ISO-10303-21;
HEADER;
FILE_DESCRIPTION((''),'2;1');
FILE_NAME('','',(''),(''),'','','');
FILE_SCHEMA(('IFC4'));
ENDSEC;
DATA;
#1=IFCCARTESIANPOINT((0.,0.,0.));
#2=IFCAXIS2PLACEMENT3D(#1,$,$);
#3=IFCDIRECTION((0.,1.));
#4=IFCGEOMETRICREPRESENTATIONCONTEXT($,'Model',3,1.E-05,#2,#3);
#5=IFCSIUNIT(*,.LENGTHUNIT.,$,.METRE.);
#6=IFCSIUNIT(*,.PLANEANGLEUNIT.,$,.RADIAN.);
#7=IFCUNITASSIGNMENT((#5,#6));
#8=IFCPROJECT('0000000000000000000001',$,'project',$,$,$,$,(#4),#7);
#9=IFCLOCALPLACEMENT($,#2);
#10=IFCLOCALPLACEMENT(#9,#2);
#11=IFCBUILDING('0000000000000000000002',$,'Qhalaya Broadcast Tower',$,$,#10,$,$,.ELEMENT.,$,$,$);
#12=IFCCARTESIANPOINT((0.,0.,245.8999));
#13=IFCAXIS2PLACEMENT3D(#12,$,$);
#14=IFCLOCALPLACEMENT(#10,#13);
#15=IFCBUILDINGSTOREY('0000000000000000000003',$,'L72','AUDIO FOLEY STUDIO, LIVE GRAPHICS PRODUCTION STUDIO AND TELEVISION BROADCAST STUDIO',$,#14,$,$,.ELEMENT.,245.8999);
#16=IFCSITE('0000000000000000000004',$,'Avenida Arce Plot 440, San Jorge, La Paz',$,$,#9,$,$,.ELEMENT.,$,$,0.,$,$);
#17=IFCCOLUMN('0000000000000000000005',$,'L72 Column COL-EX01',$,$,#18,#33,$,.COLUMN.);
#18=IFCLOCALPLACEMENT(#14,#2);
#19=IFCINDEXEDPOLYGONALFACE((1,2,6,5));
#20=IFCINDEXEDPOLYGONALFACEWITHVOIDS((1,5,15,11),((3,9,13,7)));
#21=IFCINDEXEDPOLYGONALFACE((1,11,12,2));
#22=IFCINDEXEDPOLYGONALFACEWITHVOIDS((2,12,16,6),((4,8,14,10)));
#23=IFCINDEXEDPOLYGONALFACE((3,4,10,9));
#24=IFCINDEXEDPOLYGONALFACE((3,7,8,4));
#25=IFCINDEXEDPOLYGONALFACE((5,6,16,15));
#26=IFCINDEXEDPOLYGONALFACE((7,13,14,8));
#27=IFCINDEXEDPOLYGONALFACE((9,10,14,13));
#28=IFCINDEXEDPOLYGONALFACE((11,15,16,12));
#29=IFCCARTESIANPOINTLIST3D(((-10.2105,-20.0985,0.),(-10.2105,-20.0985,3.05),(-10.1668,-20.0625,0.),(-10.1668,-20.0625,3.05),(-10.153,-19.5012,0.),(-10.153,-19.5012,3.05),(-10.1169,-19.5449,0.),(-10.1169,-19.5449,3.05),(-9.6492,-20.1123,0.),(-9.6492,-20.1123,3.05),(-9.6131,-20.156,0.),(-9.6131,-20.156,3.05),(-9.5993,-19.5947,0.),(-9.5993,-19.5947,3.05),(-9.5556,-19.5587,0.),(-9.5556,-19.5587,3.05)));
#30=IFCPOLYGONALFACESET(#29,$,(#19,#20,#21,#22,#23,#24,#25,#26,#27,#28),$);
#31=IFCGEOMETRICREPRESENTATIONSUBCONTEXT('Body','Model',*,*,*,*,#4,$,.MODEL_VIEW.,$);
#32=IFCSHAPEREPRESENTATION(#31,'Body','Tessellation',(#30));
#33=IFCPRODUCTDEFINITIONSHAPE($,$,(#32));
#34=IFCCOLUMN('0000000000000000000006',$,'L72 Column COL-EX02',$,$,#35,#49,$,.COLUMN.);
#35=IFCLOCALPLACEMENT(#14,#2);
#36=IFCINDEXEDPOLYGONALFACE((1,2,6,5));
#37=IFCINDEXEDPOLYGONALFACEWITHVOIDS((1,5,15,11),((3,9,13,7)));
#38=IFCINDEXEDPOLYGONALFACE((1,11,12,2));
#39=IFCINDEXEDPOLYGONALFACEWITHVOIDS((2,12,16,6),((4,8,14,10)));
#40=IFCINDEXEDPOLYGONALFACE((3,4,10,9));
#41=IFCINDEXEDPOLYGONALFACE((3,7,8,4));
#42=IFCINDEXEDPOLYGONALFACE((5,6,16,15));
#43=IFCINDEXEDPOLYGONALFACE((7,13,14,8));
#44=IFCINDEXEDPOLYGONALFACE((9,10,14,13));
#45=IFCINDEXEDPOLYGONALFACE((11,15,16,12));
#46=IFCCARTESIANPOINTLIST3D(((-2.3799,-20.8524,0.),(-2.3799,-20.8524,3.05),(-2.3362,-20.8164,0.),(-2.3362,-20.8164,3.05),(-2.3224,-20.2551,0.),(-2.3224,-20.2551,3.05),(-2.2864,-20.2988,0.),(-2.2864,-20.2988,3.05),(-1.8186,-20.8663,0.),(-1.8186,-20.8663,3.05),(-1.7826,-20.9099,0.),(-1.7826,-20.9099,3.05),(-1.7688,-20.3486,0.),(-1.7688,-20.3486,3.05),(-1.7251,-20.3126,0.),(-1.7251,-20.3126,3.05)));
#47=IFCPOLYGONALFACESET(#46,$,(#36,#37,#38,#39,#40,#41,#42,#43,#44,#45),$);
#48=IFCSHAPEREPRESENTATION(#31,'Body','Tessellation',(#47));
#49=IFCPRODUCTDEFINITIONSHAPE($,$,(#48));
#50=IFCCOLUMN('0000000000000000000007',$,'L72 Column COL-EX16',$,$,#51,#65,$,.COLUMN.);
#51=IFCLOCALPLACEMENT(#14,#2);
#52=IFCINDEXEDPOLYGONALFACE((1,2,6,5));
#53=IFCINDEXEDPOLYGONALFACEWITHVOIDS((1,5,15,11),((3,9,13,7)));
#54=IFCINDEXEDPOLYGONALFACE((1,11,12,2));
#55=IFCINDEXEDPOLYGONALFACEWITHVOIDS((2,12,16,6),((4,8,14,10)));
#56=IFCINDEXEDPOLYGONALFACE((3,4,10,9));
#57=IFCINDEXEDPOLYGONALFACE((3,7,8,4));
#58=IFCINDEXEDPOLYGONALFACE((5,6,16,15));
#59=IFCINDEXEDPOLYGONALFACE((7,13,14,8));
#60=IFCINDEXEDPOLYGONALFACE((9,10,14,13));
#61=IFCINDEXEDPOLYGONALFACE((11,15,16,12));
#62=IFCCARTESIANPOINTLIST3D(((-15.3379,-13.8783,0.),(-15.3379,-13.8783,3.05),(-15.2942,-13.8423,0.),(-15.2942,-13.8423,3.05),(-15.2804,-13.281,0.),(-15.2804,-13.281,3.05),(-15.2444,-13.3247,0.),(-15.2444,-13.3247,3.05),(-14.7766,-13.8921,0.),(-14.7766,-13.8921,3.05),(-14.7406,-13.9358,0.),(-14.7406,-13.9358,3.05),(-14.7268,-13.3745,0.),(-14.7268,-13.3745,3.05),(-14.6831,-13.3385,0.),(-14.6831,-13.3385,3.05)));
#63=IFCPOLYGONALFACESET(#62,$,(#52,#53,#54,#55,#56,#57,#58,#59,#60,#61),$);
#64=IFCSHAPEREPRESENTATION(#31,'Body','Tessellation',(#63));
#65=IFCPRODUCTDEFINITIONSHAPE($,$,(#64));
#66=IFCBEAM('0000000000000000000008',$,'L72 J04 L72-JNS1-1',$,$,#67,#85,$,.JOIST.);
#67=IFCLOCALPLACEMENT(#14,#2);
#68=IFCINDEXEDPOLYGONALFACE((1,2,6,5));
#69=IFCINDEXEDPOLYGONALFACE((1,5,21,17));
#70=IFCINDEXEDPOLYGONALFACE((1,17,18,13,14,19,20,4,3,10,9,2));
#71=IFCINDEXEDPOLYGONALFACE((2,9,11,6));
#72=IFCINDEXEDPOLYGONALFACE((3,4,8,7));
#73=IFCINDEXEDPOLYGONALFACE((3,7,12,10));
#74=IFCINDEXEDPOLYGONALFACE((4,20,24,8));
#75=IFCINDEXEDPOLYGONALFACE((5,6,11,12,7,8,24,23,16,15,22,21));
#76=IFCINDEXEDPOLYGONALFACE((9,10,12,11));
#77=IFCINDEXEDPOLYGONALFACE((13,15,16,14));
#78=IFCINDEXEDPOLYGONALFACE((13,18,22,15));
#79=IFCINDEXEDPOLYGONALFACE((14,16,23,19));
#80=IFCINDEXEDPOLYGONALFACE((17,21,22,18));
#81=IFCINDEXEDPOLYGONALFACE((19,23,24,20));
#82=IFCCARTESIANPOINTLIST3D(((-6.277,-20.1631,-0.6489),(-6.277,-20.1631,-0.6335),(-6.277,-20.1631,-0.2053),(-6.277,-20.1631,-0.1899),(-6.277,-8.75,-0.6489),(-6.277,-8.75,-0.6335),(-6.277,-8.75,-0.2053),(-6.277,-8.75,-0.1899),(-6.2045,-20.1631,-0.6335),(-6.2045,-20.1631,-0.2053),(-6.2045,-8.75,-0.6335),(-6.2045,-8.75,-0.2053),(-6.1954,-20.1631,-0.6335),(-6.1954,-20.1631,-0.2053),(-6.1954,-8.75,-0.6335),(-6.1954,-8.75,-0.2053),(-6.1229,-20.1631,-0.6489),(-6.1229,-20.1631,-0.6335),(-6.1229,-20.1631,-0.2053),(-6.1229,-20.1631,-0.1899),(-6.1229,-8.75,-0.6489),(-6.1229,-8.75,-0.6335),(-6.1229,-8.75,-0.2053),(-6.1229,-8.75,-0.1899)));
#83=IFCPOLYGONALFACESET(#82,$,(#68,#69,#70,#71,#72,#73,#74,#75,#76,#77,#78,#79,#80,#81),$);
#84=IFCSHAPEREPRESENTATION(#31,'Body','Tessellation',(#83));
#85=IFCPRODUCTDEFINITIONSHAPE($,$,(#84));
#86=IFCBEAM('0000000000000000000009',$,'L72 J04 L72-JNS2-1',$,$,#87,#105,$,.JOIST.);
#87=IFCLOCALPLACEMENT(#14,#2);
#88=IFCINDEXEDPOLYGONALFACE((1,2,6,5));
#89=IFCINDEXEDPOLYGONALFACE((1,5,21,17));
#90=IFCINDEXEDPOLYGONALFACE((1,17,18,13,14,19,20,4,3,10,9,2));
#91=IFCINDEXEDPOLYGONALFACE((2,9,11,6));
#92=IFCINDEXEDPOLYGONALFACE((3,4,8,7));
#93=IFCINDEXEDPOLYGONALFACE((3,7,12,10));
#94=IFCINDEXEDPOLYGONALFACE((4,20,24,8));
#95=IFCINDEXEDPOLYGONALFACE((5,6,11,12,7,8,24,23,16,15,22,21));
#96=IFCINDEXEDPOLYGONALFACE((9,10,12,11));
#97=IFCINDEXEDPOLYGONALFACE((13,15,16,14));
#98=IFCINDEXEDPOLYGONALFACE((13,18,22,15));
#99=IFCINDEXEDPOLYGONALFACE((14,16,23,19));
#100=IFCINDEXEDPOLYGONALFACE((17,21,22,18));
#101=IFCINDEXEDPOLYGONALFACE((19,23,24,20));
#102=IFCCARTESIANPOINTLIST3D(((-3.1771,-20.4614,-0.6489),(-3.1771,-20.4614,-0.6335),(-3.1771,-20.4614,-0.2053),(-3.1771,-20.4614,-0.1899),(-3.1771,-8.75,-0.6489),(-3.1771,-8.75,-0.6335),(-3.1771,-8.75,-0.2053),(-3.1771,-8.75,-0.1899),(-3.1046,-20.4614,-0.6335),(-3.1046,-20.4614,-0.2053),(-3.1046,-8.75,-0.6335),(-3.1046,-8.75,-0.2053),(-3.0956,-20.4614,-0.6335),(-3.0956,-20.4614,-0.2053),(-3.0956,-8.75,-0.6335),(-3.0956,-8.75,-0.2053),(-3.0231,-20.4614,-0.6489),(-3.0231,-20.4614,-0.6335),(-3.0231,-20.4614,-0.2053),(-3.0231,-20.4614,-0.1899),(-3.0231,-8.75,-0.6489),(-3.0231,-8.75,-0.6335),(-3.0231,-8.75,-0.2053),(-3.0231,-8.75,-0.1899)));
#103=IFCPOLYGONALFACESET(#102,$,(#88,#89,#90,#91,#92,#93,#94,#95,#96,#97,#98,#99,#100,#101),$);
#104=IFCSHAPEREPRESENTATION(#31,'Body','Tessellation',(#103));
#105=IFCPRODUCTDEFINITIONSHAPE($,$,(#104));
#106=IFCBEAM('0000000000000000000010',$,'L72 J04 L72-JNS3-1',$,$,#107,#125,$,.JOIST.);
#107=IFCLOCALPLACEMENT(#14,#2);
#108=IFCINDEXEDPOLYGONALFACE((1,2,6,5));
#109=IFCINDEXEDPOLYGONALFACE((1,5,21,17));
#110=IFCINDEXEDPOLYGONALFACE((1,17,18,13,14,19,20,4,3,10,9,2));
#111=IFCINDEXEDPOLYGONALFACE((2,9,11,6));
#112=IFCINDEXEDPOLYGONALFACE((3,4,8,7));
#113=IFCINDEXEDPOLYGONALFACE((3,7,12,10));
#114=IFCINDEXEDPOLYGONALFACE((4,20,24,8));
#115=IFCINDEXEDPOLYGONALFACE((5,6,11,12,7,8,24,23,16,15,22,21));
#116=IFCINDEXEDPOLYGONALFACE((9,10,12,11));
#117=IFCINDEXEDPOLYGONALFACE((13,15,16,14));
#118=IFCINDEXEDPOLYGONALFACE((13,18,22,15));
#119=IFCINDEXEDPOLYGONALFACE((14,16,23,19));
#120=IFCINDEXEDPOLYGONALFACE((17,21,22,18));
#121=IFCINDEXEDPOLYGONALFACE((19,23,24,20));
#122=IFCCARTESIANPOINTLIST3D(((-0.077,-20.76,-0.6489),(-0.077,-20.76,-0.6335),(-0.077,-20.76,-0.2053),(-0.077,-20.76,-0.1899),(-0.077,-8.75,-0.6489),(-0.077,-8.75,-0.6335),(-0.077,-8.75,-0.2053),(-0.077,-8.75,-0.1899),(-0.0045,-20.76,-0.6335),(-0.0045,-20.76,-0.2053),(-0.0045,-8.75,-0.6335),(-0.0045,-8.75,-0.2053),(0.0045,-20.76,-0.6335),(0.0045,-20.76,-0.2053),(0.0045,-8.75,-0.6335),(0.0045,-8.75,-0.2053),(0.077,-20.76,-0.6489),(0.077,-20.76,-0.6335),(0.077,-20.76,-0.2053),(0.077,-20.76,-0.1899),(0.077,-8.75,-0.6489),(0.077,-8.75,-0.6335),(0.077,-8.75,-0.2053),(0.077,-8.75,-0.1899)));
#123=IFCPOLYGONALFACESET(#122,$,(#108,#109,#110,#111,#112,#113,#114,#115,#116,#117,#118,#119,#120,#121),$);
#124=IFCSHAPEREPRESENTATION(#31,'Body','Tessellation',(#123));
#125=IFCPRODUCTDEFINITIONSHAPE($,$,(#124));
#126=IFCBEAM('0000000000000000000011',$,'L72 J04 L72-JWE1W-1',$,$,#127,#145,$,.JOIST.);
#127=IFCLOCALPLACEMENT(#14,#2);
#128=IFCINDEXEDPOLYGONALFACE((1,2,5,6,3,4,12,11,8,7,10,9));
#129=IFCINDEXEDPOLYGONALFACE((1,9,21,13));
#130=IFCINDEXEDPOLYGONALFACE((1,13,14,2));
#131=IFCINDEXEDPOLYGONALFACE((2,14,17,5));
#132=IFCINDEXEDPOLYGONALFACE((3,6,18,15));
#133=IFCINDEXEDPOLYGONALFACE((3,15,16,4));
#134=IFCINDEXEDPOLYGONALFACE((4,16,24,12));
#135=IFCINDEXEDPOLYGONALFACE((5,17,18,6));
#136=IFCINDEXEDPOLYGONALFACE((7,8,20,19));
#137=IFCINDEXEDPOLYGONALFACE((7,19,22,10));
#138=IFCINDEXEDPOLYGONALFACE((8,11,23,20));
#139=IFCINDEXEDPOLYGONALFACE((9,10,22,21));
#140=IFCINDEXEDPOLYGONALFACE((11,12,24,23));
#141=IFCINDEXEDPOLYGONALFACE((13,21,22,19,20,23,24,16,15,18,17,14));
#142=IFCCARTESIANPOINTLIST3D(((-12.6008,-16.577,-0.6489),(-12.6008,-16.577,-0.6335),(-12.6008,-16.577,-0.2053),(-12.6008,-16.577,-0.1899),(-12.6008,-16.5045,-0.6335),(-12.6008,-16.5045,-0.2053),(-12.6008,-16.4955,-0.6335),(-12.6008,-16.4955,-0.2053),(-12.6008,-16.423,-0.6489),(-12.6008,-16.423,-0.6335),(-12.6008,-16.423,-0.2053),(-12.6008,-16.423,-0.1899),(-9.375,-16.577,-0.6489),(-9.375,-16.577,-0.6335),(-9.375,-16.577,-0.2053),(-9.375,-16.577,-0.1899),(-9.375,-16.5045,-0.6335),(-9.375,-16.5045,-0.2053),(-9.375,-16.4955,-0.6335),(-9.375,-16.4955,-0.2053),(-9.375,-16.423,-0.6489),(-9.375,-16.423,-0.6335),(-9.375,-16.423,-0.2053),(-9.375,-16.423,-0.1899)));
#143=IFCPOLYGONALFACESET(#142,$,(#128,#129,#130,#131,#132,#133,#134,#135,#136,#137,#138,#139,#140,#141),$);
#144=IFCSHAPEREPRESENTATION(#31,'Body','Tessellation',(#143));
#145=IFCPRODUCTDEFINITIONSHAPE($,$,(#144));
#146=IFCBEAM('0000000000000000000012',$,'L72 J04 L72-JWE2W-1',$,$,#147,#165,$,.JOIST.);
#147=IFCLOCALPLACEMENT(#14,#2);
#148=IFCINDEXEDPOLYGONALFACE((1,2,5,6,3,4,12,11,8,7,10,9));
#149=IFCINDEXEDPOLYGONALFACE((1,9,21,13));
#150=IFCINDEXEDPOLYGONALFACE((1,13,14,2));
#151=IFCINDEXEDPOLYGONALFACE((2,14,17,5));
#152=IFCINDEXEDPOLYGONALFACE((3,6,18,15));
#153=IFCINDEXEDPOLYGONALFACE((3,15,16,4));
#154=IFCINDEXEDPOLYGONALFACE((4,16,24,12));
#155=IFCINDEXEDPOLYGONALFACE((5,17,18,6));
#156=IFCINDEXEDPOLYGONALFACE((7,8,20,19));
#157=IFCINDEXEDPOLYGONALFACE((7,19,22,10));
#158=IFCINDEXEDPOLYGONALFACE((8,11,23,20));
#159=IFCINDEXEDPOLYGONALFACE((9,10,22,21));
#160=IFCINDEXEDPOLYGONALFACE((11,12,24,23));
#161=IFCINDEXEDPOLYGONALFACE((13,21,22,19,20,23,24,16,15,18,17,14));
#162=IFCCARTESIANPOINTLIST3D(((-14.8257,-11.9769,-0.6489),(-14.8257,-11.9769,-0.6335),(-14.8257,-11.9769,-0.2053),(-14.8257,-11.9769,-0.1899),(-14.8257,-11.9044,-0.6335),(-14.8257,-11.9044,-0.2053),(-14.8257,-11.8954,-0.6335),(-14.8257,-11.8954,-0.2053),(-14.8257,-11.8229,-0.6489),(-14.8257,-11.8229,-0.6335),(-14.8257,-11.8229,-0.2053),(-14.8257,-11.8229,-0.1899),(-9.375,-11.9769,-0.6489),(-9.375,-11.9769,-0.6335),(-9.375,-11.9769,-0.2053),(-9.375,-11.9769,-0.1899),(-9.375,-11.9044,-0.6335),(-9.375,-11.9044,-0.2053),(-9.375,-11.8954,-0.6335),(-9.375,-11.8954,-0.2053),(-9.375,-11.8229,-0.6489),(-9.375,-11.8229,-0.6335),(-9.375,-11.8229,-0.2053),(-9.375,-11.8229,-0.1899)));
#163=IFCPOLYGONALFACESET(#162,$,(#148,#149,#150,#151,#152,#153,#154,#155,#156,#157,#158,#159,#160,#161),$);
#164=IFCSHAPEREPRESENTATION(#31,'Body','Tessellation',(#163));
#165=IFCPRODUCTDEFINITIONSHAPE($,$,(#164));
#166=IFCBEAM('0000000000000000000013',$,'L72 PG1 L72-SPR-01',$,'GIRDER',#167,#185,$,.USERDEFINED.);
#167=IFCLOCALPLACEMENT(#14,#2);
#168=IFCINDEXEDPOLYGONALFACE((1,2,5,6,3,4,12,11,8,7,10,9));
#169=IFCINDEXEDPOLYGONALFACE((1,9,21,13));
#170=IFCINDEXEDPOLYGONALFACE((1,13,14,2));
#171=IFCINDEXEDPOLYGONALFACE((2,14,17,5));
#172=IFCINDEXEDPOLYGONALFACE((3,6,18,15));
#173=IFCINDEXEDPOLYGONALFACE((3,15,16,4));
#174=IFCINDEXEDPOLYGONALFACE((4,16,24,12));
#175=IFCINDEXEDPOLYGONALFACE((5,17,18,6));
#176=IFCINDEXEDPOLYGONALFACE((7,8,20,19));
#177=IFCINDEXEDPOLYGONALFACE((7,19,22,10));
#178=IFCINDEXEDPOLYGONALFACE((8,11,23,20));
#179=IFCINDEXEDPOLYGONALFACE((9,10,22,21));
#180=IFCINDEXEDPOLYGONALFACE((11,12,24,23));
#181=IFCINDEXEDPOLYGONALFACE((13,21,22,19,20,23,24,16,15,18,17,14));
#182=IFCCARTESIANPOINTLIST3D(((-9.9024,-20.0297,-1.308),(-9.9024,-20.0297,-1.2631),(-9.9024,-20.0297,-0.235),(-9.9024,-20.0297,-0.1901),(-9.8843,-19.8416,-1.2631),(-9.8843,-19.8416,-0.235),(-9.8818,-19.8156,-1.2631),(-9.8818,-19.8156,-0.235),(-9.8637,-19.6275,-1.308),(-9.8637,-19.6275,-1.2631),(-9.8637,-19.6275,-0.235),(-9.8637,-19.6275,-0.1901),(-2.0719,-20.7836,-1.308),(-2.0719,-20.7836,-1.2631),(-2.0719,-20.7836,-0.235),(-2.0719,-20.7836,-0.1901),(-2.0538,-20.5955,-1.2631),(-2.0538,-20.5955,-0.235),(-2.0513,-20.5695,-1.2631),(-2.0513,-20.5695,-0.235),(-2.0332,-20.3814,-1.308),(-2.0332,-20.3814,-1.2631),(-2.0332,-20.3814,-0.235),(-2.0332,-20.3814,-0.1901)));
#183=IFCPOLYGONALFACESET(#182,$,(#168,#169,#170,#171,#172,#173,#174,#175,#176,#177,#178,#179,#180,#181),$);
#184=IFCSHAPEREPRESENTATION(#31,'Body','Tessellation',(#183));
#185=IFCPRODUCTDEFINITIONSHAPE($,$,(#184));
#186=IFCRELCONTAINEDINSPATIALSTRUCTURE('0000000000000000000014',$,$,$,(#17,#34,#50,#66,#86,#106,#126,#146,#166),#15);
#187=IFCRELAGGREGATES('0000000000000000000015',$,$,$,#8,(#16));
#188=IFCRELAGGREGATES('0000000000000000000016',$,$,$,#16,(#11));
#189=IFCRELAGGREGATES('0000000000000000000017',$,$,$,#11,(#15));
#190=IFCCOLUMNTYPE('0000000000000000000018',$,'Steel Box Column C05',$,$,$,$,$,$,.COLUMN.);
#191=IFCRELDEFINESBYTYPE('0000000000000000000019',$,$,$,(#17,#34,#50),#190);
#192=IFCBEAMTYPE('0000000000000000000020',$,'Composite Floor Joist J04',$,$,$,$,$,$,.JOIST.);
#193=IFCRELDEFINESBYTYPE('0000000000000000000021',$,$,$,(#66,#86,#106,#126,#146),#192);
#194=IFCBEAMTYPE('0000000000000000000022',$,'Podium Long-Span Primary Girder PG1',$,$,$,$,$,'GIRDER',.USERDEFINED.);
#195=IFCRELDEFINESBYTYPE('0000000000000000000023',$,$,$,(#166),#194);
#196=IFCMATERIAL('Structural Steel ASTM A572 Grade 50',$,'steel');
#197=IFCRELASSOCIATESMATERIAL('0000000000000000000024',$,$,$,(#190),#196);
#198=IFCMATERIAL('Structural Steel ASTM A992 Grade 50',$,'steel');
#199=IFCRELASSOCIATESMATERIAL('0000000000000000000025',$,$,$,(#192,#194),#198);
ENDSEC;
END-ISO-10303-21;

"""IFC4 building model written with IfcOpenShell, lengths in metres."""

from ifc_helpers import new_model, si_unit, direction, frame, origin, origin_2d, place, context, subcontext, project, spatial, hollow_rectangle, i_section, extrude, material, material_profile, profile_set, type_object, element, save


model = new_model("IFC4")

# Units and contexts
model_context = context("Model", 3, precision=1e-05, world=origin(), true_north=direction((0.0, 1.0)))
body_context = subcontext(model_context, "Body", "Model", "MODEL_VIEW")
ifc_project = project(units=[si_unit("LENGTHUNIT", "METRE"), si_unit("PLANEANGLEUNIT", "RADIAN")], contexts=[model_context])

# Site, building, storey
site_placement = place(None, origin())
site = spatial("IfcSite", under=ifc_project, at=site_placement, Name="Avenida Arce Plot 440, San Jorge, La Paz", CompositionType="ELEMENT", RefElevation=0.0)
building_placement = place(site_placement, origin())
building = spatial("IfcBuilding", under=site, at=building_placement, Name="Qhalaya Broadcast Tower", CompositionType="ELEMENT")
storey_placement = place(building_placement, frame((0.0, 0.0, 245.8999)))
storey = spatial("IfcBuildingStorey", under=building, at=storey_placement, Name="L72", Description="AUDIO FOLEY STUDIO, LIVE GRAPHICS PRODUCTION STUDIO AND TELEVISION BROADCAST STUDIO", CompositionType="ELEMENT", Elevation=245.8999)

# Columns
ifc_material_1 = material(Name="Structural Steel ASTM A572 Grade 50", Category="steel")
ifc_material_profile_1 = material_profile(ifc_material_1, hollow_rectangle(XDim=0.6001, YDim=0.6001, WallThickness=0.04, at=origin_2d()), Name="BOX 600x600x40")
ifc_profile_set_1 = profile_set([ifc_material_profile_1], Name="Structural Steel ASTM A572 Grade 50")
column_type = type_object("IfcColumnType", Name="Steel Box Column C05", PredefinedType="COLUMN", material=ifc_profile_set_1)
for number, where, z_axis, x_axis, name in (
    (1, (-9.8831, -19.8286, 0.0), (0.0, 0.0, 1.0), (0.995396, -0.095846, 0.0), "L72 Column COL-EX01"),
    (2, (-2.0525, -20.5825, 0.0), (0.0, 0.0, 1.0), (0.995396, -0.095846, 0.0), "L72 Column COL-EX02"),
    (3, (-15.0105, -13.6084, 0.0), (0.0, 0.0, 1.0), (0.095846, 0.995396, 0.0), "L72 Column COL-EX16"),
):
    element("IfcColumn", number, at=place(storey_placement, frame(where, z_axis=z_axis, x_axis=x_axis)), inside=storey, type_object=column_type, Name=name, PredefinedType="COLUMN", context=body_context, shape_type="SweptSolid", body=[
        extrude(hollow_rectangle(XDim=0.6001, YDim=0.6001, WallThickness=0.04, at=origin_2d()), origin(), (0.0, 0.0, 1.0), 3.05),
    ])

# Beams
ifc_material_2 = material(Name="Structural Steel ASTM A992 Grade 50", Category="steel")
ifc_material_profile_2 = material_profile(ifc_material_2, i_section(OverallWidth=0.1541, OverallDepth=0.459, WebThickness=0.009, FlangeThickness=0.0154, at=origin_2d()), Name="W18X46")
ifc_profile_set_2 = profile_set([ifc_material_profile_2], Name="Structural Steel ASTM A992 Grade 50")
beam_type_1 = type_object("IfcBeamType", Name="Composite Floor Joist J04", PredefinedType="JOIST", material=ifc_profile_set_2)
beam_1_placement = place(storey_placement, frame((-6.2, -20.1631, -0.4194), z_axis=(0.0, 1.0, 0.0), x_axis=(-1.0, 0.0, 0.0)))
element("IfcBeam", 4, at=beam_1_placement, inside=storey, type_object=beam_type_1, Name="L72 J04 L72-JNS1-1", PredefinedType="JOIST", context=body_context, shape_type="SweptSolid", body=[
    extrude(i_section(OverallWidth=0.1541, OverallDepth=0.459, WebThickness=0.009, FlangeThickness=0.0154, at=origin_2d()), origin(), (0.0, 0.0, 1.0), 11.4131),
])
beam_2_placement = place(storey_placement, frame((-3.1001, -20.4614, -0.4194), z_axis=(0.0, 1.0, 0.0), x_axis=(-1.0, 0.0, 0.0)))
element("IfcBeam", 5, at=beam_2_placement, inside=storey, type_object=beam_type_1, Name="L72 J04 L72-JNS2-1", PredefinedType="JOIST", context=body_context, shape_type="SweptSolid", body=[
    extrude(i_section(OverallWidth=0.1541, OverallDepth=0.459, WebThickness=0.009, FlangeThickness=0.0154, at=origin_2d()), origin(), (0.0, 0.0, 1.0), 11.7114),
])
beam_3_placement = place(storey_placement, frame((0.0, -20.76, -0.4194), z_axis=(0.0, 1.0, 0.0), x_axis=(-1.0, 0.0, 0.0)))
element("IfcBeam", 6, at=beam_3_placement, inside=storey, type_object=beam_type_1, Name="L72 J04 L72-JNS3-1", PredefinedType="JOIST", context=body_context, shape_type="SweptSolid", body=[
    extrude(i_section(OverallWidth=0.1541, OverallDepth=0.459, WebThickness=0.009, FlangeThickness=0.0154, at=origin_2d()), origin(), (0.0, 0.0, 1.0), 12.01),
])
beam_4_placement = place(storey_placement, frame((-12.6008, -16.5, -0.4194), z_axis=(1.0, 0.0, 0.0), x_axis=(0.0, 1.0, 0.0)))
element("IfcBeam", 7, at=beam_4_placement, inside=storey, type_object=beam_type_1, Name="L72 J04 L72-JWE1W-1", PredefinedType="JOIST", context=body_context, shape_type="SweptSolid", body=[
    extrude(i_section(OverallWidth=0.1541, OverallDepth=0.459, WebThickness=0.009, FlangeThickness=0.0154, at=origin_2d()), origin(), (0.0, 0.0, 1.0), 3.2258),
])
beam_5_placement = place(storey_placement, frame((-14.8257, -11.8999, -0.4194), z_axis=(1.0, 0.0, 0.0), x_axis=(0.0, 1.0, 0.0)))
element("IfcBeam", 8, at=beam_5_placement, inside=storey, type_object=beam_type_1, Name="L72 J04 L72-JWE2W-1", PredefinedType="JOIST", context=body_context, shape_type="SweptSolid", body=[
    extrude(i_section(OverallWidth=0.1541, OverallDepth=0.459, WebThickness=0.009, FlangeThickness=0.0154, at=origin_2d()), origin(), (0.0, 0.0, 1.0), 5.4507),
])
ifc_material_profile_3 = material_profile(ifc_material_2, i_section(OverallWidth=0.4041, OverallDepth=1.1179, WebThickness=0.0261, FlangeThickness=0.0449, at=origin_2d()), Name="W44X335")
ifc_profile_set_3 = profile_set([ifc_material_profile_3], Name="Structural Steel ASTM A992 Grade 50")
beam_type_2 = type_object("IfcBeamType", Name="Podium Long-Span Primary Girder PG1", ElementType="GIRDER", PredefinedType="USERDEFINED", material=ifc_profile_set_3)
beam_6_placement = place(storey_placement, frame((-9.8831, -19.8286, -0.749), z_axis=(0.995397, -0.095834, 0.0), x_axis=(0.095834, 0.995397, 0.0)))
element("IfcBeam", 9, at=beam_6_placement, inside=storey, type_object=beam_type_2, Name="L72 PG1 L72-SPR-01", ObjectType="GIRDER", PredefinedType="USERDEFINED", context=body_context, shape_type="SweptSolid", body=[
    extrude(i_section(OverallWidth=0.4041, OverallDepth=1.1179, WebThickness=0.0261, FlangeThickness=0.0449, at=origin_2d()), origin(), (0.0, 0.0, 1.0), 7.8667),
])

save(model, "model.ifc")
